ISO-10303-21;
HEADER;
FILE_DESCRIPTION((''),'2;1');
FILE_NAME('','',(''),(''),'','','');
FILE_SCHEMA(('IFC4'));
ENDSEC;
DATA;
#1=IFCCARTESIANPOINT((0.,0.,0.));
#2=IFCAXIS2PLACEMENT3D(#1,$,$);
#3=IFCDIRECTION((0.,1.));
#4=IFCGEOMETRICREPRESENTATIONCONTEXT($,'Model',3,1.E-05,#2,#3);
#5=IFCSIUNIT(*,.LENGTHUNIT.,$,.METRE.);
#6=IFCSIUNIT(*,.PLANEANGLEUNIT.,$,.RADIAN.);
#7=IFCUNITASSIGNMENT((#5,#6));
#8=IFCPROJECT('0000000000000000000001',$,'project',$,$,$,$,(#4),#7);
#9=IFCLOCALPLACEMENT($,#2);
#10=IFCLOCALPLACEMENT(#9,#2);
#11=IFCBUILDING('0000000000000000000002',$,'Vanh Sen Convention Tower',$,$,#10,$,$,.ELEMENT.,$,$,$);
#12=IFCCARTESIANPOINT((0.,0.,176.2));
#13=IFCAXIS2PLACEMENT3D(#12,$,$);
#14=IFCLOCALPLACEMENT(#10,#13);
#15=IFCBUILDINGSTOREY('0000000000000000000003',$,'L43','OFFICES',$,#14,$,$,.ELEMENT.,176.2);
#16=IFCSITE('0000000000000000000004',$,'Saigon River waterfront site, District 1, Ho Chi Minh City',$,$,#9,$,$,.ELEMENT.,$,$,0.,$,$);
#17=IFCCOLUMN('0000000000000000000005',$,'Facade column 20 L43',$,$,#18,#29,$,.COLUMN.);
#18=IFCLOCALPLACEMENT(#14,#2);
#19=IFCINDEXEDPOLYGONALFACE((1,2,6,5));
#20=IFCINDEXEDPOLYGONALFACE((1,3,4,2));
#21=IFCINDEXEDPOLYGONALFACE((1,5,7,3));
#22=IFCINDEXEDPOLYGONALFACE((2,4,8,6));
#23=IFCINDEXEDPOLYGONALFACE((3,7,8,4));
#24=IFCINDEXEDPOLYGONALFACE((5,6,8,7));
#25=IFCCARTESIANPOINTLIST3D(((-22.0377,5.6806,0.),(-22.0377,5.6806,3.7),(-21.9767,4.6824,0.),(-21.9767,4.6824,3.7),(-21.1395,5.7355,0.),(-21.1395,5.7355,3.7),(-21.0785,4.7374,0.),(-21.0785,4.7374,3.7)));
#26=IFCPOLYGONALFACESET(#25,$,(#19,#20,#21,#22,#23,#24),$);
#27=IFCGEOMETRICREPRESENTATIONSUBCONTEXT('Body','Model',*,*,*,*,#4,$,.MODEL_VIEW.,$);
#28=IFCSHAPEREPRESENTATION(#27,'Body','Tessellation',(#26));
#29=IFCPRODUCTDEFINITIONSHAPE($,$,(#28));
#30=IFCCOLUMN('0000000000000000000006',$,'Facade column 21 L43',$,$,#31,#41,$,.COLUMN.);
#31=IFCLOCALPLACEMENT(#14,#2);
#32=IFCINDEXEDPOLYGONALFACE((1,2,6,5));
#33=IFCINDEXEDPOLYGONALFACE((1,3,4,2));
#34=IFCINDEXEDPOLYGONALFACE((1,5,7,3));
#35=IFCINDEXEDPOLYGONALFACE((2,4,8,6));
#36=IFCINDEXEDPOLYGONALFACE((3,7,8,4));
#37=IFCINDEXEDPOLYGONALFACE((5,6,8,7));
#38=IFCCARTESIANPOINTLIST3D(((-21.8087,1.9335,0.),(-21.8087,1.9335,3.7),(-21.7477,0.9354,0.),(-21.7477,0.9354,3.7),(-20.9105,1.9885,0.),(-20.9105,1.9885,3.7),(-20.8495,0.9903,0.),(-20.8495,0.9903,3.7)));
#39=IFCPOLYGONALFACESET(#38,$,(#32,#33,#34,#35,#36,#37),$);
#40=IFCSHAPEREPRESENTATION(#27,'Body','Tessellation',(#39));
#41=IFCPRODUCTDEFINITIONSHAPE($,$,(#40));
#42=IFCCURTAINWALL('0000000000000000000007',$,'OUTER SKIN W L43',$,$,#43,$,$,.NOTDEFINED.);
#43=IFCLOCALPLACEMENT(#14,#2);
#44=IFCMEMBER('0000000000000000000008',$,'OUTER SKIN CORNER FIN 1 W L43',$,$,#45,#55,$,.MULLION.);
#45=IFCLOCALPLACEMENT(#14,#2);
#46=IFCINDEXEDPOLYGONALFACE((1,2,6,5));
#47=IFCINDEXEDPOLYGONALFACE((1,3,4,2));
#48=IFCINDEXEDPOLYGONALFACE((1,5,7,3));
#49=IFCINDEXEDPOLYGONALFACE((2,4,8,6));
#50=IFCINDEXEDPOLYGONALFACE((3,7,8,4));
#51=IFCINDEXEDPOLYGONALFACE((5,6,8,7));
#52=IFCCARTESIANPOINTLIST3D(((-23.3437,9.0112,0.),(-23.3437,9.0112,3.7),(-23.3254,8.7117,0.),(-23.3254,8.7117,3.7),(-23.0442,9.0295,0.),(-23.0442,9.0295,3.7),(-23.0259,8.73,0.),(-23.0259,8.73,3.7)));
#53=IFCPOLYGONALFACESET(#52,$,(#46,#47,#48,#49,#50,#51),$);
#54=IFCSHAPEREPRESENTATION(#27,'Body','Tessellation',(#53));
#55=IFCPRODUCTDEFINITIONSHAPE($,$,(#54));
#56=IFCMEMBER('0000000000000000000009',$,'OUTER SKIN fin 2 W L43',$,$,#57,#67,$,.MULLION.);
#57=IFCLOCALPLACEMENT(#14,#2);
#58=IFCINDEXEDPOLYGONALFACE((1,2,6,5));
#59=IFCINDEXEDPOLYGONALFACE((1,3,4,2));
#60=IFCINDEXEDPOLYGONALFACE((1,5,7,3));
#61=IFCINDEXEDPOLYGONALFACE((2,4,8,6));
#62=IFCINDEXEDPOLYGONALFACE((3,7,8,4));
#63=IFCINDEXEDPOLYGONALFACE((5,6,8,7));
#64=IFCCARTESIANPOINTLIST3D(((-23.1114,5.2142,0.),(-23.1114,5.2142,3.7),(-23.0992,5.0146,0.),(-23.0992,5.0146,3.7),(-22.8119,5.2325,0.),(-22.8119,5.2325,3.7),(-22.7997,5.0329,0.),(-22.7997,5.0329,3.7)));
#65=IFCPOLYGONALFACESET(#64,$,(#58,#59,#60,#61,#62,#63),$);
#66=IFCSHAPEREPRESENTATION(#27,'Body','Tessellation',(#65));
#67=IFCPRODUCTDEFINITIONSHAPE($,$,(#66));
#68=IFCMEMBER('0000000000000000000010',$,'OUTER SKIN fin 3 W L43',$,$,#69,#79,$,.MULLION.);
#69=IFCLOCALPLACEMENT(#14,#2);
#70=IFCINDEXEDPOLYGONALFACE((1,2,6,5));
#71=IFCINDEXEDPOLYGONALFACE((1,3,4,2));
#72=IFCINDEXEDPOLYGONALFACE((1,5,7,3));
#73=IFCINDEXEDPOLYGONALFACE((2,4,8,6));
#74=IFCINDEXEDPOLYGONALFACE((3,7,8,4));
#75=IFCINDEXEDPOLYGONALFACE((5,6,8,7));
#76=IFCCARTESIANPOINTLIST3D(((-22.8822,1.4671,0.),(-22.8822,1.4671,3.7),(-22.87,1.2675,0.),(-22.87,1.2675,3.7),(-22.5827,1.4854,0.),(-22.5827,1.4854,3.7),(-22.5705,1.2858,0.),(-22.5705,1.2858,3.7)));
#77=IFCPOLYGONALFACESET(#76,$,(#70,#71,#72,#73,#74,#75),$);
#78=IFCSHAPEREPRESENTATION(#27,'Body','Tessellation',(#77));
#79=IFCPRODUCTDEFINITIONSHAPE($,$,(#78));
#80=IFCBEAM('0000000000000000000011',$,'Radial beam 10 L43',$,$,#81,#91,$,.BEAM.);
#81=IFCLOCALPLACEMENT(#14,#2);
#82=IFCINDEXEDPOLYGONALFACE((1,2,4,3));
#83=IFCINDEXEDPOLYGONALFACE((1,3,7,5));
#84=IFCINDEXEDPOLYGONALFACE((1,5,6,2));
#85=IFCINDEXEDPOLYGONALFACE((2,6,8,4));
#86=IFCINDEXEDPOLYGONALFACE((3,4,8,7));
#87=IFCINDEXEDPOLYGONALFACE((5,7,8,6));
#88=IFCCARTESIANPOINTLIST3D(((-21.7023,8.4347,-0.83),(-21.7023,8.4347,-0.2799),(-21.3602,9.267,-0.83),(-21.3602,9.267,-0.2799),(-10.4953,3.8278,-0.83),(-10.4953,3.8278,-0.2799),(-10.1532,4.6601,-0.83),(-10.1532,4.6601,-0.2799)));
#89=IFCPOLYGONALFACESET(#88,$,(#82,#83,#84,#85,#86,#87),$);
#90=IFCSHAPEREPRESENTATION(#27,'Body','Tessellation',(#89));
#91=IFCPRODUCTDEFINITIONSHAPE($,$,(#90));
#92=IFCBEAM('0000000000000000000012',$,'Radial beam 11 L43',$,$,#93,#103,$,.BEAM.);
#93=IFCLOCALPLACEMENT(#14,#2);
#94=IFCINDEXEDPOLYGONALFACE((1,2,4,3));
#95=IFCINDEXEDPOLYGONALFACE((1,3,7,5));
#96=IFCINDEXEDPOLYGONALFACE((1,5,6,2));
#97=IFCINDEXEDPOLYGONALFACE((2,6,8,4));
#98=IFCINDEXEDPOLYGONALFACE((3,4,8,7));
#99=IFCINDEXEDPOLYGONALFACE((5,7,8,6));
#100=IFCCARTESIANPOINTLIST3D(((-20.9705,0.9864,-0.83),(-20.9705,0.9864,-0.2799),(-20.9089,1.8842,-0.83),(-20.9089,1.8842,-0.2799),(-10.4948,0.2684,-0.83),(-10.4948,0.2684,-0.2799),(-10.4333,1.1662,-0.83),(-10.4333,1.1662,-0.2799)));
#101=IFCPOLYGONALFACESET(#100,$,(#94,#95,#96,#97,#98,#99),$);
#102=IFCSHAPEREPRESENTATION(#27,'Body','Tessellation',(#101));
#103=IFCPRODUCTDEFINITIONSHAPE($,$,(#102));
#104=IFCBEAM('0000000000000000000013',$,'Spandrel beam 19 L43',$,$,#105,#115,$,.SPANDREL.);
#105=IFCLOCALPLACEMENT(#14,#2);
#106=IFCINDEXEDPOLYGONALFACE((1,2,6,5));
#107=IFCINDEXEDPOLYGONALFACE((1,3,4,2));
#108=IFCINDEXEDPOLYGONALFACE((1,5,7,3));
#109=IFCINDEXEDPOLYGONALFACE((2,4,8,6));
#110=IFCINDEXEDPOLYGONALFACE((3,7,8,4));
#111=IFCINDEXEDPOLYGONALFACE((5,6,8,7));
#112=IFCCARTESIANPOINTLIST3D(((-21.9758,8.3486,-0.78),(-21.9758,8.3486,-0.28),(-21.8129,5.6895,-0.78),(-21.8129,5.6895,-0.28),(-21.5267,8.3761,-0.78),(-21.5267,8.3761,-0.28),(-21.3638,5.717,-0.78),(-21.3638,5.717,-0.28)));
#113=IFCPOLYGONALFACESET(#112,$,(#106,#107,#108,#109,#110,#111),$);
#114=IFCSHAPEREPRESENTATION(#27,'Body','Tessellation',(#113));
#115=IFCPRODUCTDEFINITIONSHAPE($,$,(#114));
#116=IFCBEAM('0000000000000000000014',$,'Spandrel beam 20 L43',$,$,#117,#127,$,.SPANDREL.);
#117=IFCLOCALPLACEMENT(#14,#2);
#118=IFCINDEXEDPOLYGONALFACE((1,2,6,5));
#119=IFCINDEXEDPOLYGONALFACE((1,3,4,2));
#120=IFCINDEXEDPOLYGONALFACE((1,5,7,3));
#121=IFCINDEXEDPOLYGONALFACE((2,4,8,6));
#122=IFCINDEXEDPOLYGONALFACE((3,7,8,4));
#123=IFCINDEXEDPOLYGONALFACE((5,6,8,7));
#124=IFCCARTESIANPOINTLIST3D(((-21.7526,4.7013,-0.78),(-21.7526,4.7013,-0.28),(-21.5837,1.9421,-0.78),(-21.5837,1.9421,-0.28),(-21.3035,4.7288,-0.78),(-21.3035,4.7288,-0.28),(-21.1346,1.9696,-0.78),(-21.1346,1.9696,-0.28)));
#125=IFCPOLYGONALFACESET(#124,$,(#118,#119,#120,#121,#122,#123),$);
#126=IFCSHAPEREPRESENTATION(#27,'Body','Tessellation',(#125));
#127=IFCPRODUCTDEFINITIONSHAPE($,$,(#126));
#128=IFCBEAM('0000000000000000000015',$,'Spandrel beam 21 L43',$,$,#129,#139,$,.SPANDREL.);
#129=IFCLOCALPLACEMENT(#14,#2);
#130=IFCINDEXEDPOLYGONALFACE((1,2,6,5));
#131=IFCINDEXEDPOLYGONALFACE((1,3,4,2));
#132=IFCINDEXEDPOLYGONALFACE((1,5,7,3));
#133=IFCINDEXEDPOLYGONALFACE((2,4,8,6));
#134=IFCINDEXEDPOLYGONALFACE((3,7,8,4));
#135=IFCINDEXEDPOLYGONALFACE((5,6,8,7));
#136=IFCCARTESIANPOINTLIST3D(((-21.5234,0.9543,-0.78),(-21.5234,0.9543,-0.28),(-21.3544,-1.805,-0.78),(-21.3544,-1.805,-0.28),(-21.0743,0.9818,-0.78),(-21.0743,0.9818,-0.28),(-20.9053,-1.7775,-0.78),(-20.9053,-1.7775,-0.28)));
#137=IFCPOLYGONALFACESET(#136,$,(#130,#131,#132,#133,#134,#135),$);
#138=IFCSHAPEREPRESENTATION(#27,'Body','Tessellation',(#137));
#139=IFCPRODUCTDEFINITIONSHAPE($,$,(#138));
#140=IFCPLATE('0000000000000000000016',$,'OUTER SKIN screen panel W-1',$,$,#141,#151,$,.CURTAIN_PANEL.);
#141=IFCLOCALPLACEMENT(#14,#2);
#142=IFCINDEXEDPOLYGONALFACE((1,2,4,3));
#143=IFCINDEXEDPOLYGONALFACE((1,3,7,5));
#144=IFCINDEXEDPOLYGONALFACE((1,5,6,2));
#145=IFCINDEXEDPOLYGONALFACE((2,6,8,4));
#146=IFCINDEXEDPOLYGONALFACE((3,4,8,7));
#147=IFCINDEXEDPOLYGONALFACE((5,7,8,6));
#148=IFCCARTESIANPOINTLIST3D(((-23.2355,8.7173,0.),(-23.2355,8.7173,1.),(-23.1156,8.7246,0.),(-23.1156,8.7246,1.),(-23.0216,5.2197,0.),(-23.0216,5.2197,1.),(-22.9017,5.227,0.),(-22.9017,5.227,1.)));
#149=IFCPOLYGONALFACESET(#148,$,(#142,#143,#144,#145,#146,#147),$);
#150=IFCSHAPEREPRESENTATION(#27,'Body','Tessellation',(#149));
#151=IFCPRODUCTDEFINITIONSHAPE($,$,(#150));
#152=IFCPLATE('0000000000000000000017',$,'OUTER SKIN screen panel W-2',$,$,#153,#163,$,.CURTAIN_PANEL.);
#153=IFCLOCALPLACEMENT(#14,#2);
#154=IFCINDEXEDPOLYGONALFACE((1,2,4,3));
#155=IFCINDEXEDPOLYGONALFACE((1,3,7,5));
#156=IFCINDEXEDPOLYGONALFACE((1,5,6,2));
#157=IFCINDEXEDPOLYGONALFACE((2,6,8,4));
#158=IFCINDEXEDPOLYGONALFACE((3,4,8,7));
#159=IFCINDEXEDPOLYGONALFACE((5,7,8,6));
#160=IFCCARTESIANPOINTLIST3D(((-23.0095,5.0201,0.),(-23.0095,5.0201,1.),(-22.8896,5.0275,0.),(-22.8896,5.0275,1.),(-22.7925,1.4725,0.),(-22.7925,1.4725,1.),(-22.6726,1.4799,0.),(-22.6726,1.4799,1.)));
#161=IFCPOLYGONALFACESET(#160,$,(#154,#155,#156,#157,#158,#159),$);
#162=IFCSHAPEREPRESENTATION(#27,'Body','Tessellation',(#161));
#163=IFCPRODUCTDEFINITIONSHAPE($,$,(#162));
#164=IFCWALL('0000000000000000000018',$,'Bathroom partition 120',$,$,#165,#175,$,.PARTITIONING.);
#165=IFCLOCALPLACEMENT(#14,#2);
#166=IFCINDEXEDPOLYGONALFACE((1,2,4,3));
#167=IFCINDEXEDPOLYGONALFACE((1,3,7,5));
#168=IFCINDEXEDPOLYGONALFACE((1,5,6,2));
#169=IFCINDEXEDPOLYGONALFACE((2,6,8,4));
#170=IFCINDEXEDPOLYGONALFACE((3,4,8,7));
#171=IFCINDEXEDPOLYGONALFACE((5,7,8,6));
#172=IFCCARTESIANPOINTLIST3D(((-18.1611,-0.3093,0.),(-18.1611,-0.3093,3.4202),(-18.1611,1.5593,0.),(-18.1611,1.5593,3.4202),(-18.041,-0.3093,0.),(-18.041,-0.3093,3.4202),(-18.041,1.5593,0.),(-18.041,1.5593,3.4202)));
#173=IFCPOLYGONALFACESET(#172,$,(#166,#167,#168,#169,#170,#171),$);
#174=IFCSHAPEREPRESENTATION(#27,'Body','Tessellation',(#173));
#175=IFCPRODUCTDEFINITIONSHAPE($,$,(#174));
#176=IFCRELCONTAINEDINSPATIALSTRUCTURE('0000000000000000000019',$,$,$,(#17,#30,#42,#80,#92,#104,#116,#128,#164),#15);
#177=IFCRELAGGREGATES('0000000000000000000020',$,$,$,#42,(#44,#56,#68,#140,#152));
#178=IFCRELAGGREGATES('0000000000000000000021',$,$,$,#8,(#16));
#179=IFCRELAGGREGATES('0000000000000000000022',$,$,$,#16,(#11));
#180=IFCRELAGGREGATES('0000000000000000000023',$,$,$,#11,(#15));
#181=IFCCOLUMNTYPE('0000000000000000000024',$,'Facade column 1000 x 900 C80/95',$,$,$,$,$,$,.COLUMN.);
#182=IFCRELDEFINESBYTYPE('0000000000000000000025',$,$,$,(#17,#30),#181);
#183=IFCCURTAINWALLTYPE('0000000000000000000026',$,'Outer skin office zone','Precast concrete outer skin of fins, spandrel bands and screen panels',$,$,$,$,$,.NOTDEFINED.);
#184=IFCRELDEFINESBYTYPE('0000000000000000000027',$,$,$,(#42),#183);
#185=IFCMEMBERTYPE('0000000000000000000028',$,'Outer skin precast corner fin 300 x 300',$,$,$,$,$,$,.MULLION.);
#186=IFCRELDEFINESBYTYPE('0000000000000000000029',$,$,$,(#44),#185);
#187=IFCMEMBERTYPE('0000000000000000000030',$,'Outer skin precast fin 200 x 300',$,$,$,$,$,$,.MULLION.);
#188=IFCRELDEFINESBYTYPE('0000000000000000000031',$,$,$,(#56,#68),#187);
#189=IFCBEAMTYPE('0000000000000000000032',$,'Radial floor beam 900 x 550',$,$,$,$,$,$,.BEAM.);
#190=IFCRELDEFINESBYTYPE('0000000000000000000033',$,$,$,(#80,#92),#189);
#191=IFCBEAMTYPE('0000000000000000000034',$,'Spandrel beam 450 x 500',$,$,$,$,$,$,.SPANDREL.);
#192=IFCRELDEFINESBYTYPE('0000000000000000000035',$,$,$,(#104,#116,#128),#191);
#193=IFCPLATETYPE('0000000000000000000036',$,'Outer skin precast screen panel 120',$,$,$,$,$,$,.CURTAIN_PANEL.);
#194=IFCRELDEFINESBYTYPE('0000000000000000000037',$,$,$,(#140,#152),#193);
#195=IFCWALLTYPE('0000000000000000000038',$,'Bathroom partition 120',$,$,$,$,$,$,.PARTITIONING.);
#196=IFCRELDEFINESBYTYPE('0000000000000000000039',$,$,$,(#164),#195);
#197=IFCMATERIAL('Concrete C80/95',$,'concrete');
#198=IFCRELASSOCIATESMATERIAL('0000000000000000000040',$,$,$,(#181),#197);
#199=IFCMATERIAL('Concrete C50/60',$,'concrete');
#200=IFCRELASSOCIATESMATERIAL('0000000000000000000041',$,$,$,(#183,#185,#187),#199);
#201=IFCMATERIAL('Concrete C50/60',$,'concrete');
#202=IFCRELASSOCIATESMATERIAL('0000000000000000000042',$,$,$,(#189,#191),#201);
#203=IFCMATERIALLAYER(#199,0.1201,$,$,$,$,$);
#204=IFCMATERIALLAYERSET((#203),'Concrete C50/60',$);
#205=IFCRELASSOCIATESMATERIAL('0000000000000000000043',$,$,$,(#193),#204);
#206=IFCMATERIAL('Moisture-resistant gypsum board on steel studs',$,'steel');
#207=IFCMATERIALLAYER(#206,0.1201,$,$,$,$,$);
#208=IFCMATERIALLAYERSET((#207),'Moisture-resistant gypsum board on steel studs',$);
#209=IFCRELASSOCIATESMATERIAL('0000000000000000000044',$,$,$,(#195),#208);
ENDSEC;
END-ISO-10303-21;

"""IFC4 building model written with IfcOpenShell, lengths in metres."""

from ifc_helpers import new_model, si_unit, direction, frame, frame_2d, origin, origin_2d, place, context, subcontext, project, spatial, rectangle, extrude, material, layer, layer_set, material_profile, profile_set, type_object, element, aggregate, save


model = new_model("IFC4")

# Units and contexts
model_context = context("Model", 3, precision=1e-05, world=origin(), true_north=direction((0.0, 1.0)))
body_context = subcontext(model_context, "Body", "Model", "MODEL_VIEW")
ifc_project = project(units=[si_unit("LENGTHUNIT", "METRE"), si_unit("PLANEANGLEUNIT", "RADIAN")], contexts=[model_context])

# Site, building, storey
site_placement = place(None, origin())
site = spatial("IfcSite", under=ifc_project, at=site_placement, Name="Saigon River waterfront site, District 1, Ho Chi Minh City", CompositionType="ELEMENT", RefElevation=0.0)
building_placement = place(site_placement, origin())
building = spatial("IfcBuilding", under=site, at=building_placement, Name="Vanh Sen Convention Tower", CompositionType="ELEMENT")
storey_placement = place(building_placement, frame((0.0, 0.0, 176.2)))
storey = spatial("IfcBuildingStorey", under=building, at=storey_placement, Name="L43", Description="OFFICES", CompositionType="ELEMENT", Elevation=176.2)

# Columns
ifc_material_1 = material(Name="Concrete C80/95", Category="concrete")
ifc_material_profile_1 = material_profile(ifc_material_1, rectangle(XDim=1.0, YDim=0.8999, at=origin_2d()), Name="RC 1000X900")
ifc_profile_set_1 = profile_set([ifc_material_profile_1], Name="Concrete C80/95")
column_type = type_object("IfcColumnType", Name="Facade column 1000 x 900 C80/95", PredefinedType="COLUMN", material=ifc_profile_set_1)
for number, where, z_axis, x_axis, name in (
    (1, (-21.5581, 5.209, 0.0), (0.0, 0.0, 1.0), (0.061049, -0.998135, 0.0), "Facade column 20 L43"),
    (2, (-21.3291, 1.4619, 0.0), (0.0, 0.0, 1.0), (0.061049, -0.998135, 0.0), "Facade column 21 L43"),
):
    element("IfcColumn", number, at=place(storey_placement, frame(where, z_axis=z_axis, x_axis=x_axis)), inside=storey, type_object=column_type, Name=name, PredefinedType="COLUMN", context=body_context, shape_type="SweptSolid", body=[
        extrude(rectangle(XDim=1.0, YDim=0.8999, at=origin_2d()), origin(), (0.0, 0.0, 1.0), 3.7),
    ])

# Curtain wall, members
ifc_material_2 = material(Name="Concrete C50/60", Category="concrete")
curtain_wall_type = type_object("IfcCurtainWallType", Name="Outer skin office zone", Description="Precast concrete outer skin of fins, spandrel bands and screen panels", PredefinedType="NOTDEFINED", material=ifc_material_2)
curtain_wall_placement = place(storey_placement, origin())
curtain_wall = element("IfcCurtainWall", 3, at=curtain_wall_placement, inside=storey, type_object=curtain_wall_type, Name="OUTER SKIN W L43", PredefinedType="NOTDEFINED")
ifc_material_profile_2 = material_profile(ifc_material_2, rectangle(XDim=0.3, YDim=0.3, at=origin_2d()), Name="Outer skin precast corner fin 300 x 300")
ifc_profile_set_2 = profile_set([ifc_material_profile_2], Name="Concrete C50/60")
member_type_1 = type_object("IfcMemberType", Name="Outer skin precast corner fin 300 x 300", PredefinedType="MULLION", material=ifc_profile_set_2)
member_1_placement = place(storey_placement, frame((-23.1848, 8.8706, 0.0), z_axis=(0.0, 0.0, 1.0), x_axis=(0.061049, -0.998135, 0.0)))
member_1 = element("IfcMember", 4, at=member_1_placement, type_object=member_type_1, Name="OUTER SKIN CORNER FIN 1 W L43", PredefinedType="MULLION", context=body_context, shape_type="SweptSolid", body=[
    extrude(rectangle(XDim=0.3, YDim=0.3, at=origin_2d()), origin(), (0.0, 0.0, 1.0), 3.7),
])
ifc_material_profile_3 = material_profile(ifc_material_2, rectangle(XDim=0.2, YDim=0.3, at=origin_2d()), Name="Outer skin precast fin 200 x 300")
ifc_profile_set_3 = profile_set([ifc_material_profile_3], Name="Concrete C50/60")
member_type_2 = type_object("IfcMemberType", Name="Outer skin precast fin 200 x 300", PredefinedType="MULLION", material=ifc_profile_set_3)
member_2_placement = place(storey_placement, frame((-22.9556, 5.1235, 0.0), z_axis=(0.0, 0.0, 1.0), x_axis=(0.061049, -0.998135, 0.0)))
member_2 = element("IfcMember", 5, at=member_2_placement, type_object=member_type_2, Name="OUTER SKIN fin 2 W L43", PredefinedType="MULLION", context=body_context, shape_type="SweptSolid", body=[
    extrude(rectangle(XDim=0.2, YDim=0.3, at=origin_2d()), origin(), (0.0, 0.0, 1.0), 3.7),
])
member_3_placement = place(storey_placement, frame((-22.7263, 1.3765, 0.0), z_axis=(0.0, 0.0, 1.0), x_axis=(0.061049, -0.998135, 0.0)))
member_3 = element("IfcMember", 6, at=member_3_placement, type_object=member_type_2, Name="OUTER SKIN fin 3 W L43", PredefinedType="MULLION", context=body_context, shape_type="SweptSolid", body=[
    extrude(rectangle(XDim=0.2, YDim=0.3, at=origin_2d()), origin(), (0.0, 0.0, 1.0), 3.7),
])

# Beams
ifc_material_3 = material(Name="Concrete C50/60", Category="concrete")
ifc_material_profile_4 = material_profile(ifc_material_3, rectangle(XDim=0.8999, YDim=0.55, at=origin_2d()), Name="RC 900X550")
ifc_profile_set_4 = profile_set([ifc_material_profile_4], Name="Concrete C50/60")
beam_type_1 = type_object("IfcBeamType", Name="Radial floor beam 900 x 550", PredefinedType="BEAM", material=ifc_profile_set_4)
beam_1_placement = place(storey_placement, frame((-21.5312, 8.8508, -0.5549), z_axis=(0.924902, -0.380205, 0.0), x_axis=(0.380205, 0.924902, 0.0)))
element("IfcBeam", 7, at=beam_1_placement, inside=storey, type_object=beam_type_1, Name="Radial beam 10 L43", PredefinedType="BEAM", context=body_context, shape_type="SweptSolid", body=[
    extrude(rectangle(XDim=0.8999, YDim=0.55, at=origin_2d()), origin(), (0.0, 0.0, 1.0), 12.1169),
])
beam_2_placement = place(storey_placement, frame((-20.9397, 1.4353, -0.5549), z_axis=(0.997659, -0.068382, 0.0), x_axis=(0.068382, 0.997659, 0.0)))
element("IfcBeam", 8, at=beam_2_placement, inside=storey, type_object=beam_type_1, Name="Radial beam 11 L43", PredefinedType="BEAM", context=body_context, shape_type="SweptSolid", body=[
    extrude(rectangle(XDim=0.8999, YDim=0.55, at=origin_2d()), origin(), (0.0, 0.0, 1.0), 10.5002),
])
ifc_material_profile_5 = material_profile(ifc_material_3, rectangle(XDim=0.45, YDim=0.5, at=origin_2d()), Name="RC 450X500")
ifc_profile_set_5 = profile_set([ifc_material_profile_5], Name="Concrete C50/60")
beam_type_2 = type_object("IfcBeamType", Name="Spandrel beam 450 x 500", PredefinedType="SPANDREL", material=ifc_profile_set_5)
beam_3_placement = place(storey_placement, frame((-21.7512, 8.3623, -0.53), z_axis=(0.061123, -0.99813, 0.0), x_axis=(0.99813, 0.061123, 0.0)))
element("IfcBeam", 9, at=beam_3_placement, inside=storey, type_object=beam_type_2, Name="Spandrel beam 19 L43", PredefinedType="SPANDREL", context=body_context, shape_type="SweptSolid", body=[
    extrude(rectangle(XDim=0.45, YDim=0.5, at=origin_2d()), origin(), (0.0, 0.0, 1.0), 2.6641),
])
for number, where, z_axis, x_axis, name in (
    (10, (-21.5281, 4.7151, -0.53), (0.061114, -0.998131, 0.0), (0.998131, 0.061114, 0.0), "Spandrel beam 20 L43"),
    (11, (-21.2988, 0.968, -0.53), (0.061114, -0.998131, 0.0), (0.998131, 0.061114, 0.0), "Spandrel beam 21 L43"),
):
    element("IfcBeam", number, at=place(storey_placement, frame(where, z_axis=z_axis, x_axis=x_axis)), inside=storey, type_object=beam_type_2, Name=name, PredefinedType="SPANDREL", context=body_context, shape_type="SweptSolid", body=[
        extrude(rectangle(XDim=0.45, YDim=0.5, at=origin_2d()), origin(), (0.0, 0.0, 1.0), 2.7644),
    ])

# Plates
ifc_layer_1 = layer(ifc_material_2, 0.1201)
ifc_layer_set_1 = layer_set([ifc_layer_1], Name="Concrete C50/60")
plate_type = type_object("IfcPlateType", Name="Outer skin precast screen panel 120", PredefinedType="CURTAIN_PANEL", material=ifc_layer_set_1)
plate_1_placement = place(storey_placement, frame((-23.0686, 6.9722, 0.0), z_axis=(0.0, 0.0, 1.0), x_axis=(0.061054, -0.998134, 0.0)))
plate_1 = element("IfcPlate", 12, at=plate_1_placement, type_object=plate_type, Name="OUTER SKIN screen panel W-1", PredefinedType="CURTAIN_PANEL", context=body_context, shape_type="SweptSolid", body=[
    extrude(rectangle(XDim=3.5042, YDim=0.1201, at=origin_2d()), origin(), (0.0, 0.0, 1.0), 1.0),
])
plate_2_placement = place(storey_placement, frame((-22.8411, 3.25, 0.0), z_axis=(0.0, 0.0, 1.0), x_axis=(0.061052, -0.998135, 0.0)))
plate_2 = element("IfcPlate", 13, at=plate_2_placement, type_object=plate_type, Name="OUTER SKIN screen panel W-2", PredefinedType="CURTAIN_PANEL", context=body_context, shape_type="SweptSolid", body=[
    extrude(rectangle(XDim=3.5542, YDim=0.1201, at=origin_2d()), origin(), (0.0, 0.0, 1.0), 1.0),
])
aggregate(curtain_wall, [member_1, member_2, member_3, plate_1, plate_2])

# Wall
ifc_material_4 = material(Name="Moisture-resistant gypsum board on steel studs", Category="steel")
ifc_layer_2 = layer(ifc_material_4, 0.1201)
ifc_layer_set_2 = layer_set([ifc_layer_2], Name="Moisture-resistant gypsum board on steel studs")
wall_type_1 = type_object("IfcWallType", Name="Bathroom partition 120", PredefinedType="PARTITIONING", material=ifc_layer_set_2)
wall_1_placement = place(storey_placement, frame((-18.1011, 1.5593, 0.0), z_axis=(0.0, 0.0, 1.0), x_axis=(0.0, -1.0, 0.0)))
element("IfcWall", 14, at=wall_1_placement, inside=storey, type_object=wall_type_1, Name="Bathroom partition 120", PredefinedType="PARTITIONING", context=body_context, shape_type="SweptSolid", body=[
    extrude(rectangle(XDim=1.8687, YDim=0.1201, at=frame_2d((0.9343, 0.0))), origin(), (0.0, 0.0, 1.0), 3.4202),
])

save(model, "model.ifc")
